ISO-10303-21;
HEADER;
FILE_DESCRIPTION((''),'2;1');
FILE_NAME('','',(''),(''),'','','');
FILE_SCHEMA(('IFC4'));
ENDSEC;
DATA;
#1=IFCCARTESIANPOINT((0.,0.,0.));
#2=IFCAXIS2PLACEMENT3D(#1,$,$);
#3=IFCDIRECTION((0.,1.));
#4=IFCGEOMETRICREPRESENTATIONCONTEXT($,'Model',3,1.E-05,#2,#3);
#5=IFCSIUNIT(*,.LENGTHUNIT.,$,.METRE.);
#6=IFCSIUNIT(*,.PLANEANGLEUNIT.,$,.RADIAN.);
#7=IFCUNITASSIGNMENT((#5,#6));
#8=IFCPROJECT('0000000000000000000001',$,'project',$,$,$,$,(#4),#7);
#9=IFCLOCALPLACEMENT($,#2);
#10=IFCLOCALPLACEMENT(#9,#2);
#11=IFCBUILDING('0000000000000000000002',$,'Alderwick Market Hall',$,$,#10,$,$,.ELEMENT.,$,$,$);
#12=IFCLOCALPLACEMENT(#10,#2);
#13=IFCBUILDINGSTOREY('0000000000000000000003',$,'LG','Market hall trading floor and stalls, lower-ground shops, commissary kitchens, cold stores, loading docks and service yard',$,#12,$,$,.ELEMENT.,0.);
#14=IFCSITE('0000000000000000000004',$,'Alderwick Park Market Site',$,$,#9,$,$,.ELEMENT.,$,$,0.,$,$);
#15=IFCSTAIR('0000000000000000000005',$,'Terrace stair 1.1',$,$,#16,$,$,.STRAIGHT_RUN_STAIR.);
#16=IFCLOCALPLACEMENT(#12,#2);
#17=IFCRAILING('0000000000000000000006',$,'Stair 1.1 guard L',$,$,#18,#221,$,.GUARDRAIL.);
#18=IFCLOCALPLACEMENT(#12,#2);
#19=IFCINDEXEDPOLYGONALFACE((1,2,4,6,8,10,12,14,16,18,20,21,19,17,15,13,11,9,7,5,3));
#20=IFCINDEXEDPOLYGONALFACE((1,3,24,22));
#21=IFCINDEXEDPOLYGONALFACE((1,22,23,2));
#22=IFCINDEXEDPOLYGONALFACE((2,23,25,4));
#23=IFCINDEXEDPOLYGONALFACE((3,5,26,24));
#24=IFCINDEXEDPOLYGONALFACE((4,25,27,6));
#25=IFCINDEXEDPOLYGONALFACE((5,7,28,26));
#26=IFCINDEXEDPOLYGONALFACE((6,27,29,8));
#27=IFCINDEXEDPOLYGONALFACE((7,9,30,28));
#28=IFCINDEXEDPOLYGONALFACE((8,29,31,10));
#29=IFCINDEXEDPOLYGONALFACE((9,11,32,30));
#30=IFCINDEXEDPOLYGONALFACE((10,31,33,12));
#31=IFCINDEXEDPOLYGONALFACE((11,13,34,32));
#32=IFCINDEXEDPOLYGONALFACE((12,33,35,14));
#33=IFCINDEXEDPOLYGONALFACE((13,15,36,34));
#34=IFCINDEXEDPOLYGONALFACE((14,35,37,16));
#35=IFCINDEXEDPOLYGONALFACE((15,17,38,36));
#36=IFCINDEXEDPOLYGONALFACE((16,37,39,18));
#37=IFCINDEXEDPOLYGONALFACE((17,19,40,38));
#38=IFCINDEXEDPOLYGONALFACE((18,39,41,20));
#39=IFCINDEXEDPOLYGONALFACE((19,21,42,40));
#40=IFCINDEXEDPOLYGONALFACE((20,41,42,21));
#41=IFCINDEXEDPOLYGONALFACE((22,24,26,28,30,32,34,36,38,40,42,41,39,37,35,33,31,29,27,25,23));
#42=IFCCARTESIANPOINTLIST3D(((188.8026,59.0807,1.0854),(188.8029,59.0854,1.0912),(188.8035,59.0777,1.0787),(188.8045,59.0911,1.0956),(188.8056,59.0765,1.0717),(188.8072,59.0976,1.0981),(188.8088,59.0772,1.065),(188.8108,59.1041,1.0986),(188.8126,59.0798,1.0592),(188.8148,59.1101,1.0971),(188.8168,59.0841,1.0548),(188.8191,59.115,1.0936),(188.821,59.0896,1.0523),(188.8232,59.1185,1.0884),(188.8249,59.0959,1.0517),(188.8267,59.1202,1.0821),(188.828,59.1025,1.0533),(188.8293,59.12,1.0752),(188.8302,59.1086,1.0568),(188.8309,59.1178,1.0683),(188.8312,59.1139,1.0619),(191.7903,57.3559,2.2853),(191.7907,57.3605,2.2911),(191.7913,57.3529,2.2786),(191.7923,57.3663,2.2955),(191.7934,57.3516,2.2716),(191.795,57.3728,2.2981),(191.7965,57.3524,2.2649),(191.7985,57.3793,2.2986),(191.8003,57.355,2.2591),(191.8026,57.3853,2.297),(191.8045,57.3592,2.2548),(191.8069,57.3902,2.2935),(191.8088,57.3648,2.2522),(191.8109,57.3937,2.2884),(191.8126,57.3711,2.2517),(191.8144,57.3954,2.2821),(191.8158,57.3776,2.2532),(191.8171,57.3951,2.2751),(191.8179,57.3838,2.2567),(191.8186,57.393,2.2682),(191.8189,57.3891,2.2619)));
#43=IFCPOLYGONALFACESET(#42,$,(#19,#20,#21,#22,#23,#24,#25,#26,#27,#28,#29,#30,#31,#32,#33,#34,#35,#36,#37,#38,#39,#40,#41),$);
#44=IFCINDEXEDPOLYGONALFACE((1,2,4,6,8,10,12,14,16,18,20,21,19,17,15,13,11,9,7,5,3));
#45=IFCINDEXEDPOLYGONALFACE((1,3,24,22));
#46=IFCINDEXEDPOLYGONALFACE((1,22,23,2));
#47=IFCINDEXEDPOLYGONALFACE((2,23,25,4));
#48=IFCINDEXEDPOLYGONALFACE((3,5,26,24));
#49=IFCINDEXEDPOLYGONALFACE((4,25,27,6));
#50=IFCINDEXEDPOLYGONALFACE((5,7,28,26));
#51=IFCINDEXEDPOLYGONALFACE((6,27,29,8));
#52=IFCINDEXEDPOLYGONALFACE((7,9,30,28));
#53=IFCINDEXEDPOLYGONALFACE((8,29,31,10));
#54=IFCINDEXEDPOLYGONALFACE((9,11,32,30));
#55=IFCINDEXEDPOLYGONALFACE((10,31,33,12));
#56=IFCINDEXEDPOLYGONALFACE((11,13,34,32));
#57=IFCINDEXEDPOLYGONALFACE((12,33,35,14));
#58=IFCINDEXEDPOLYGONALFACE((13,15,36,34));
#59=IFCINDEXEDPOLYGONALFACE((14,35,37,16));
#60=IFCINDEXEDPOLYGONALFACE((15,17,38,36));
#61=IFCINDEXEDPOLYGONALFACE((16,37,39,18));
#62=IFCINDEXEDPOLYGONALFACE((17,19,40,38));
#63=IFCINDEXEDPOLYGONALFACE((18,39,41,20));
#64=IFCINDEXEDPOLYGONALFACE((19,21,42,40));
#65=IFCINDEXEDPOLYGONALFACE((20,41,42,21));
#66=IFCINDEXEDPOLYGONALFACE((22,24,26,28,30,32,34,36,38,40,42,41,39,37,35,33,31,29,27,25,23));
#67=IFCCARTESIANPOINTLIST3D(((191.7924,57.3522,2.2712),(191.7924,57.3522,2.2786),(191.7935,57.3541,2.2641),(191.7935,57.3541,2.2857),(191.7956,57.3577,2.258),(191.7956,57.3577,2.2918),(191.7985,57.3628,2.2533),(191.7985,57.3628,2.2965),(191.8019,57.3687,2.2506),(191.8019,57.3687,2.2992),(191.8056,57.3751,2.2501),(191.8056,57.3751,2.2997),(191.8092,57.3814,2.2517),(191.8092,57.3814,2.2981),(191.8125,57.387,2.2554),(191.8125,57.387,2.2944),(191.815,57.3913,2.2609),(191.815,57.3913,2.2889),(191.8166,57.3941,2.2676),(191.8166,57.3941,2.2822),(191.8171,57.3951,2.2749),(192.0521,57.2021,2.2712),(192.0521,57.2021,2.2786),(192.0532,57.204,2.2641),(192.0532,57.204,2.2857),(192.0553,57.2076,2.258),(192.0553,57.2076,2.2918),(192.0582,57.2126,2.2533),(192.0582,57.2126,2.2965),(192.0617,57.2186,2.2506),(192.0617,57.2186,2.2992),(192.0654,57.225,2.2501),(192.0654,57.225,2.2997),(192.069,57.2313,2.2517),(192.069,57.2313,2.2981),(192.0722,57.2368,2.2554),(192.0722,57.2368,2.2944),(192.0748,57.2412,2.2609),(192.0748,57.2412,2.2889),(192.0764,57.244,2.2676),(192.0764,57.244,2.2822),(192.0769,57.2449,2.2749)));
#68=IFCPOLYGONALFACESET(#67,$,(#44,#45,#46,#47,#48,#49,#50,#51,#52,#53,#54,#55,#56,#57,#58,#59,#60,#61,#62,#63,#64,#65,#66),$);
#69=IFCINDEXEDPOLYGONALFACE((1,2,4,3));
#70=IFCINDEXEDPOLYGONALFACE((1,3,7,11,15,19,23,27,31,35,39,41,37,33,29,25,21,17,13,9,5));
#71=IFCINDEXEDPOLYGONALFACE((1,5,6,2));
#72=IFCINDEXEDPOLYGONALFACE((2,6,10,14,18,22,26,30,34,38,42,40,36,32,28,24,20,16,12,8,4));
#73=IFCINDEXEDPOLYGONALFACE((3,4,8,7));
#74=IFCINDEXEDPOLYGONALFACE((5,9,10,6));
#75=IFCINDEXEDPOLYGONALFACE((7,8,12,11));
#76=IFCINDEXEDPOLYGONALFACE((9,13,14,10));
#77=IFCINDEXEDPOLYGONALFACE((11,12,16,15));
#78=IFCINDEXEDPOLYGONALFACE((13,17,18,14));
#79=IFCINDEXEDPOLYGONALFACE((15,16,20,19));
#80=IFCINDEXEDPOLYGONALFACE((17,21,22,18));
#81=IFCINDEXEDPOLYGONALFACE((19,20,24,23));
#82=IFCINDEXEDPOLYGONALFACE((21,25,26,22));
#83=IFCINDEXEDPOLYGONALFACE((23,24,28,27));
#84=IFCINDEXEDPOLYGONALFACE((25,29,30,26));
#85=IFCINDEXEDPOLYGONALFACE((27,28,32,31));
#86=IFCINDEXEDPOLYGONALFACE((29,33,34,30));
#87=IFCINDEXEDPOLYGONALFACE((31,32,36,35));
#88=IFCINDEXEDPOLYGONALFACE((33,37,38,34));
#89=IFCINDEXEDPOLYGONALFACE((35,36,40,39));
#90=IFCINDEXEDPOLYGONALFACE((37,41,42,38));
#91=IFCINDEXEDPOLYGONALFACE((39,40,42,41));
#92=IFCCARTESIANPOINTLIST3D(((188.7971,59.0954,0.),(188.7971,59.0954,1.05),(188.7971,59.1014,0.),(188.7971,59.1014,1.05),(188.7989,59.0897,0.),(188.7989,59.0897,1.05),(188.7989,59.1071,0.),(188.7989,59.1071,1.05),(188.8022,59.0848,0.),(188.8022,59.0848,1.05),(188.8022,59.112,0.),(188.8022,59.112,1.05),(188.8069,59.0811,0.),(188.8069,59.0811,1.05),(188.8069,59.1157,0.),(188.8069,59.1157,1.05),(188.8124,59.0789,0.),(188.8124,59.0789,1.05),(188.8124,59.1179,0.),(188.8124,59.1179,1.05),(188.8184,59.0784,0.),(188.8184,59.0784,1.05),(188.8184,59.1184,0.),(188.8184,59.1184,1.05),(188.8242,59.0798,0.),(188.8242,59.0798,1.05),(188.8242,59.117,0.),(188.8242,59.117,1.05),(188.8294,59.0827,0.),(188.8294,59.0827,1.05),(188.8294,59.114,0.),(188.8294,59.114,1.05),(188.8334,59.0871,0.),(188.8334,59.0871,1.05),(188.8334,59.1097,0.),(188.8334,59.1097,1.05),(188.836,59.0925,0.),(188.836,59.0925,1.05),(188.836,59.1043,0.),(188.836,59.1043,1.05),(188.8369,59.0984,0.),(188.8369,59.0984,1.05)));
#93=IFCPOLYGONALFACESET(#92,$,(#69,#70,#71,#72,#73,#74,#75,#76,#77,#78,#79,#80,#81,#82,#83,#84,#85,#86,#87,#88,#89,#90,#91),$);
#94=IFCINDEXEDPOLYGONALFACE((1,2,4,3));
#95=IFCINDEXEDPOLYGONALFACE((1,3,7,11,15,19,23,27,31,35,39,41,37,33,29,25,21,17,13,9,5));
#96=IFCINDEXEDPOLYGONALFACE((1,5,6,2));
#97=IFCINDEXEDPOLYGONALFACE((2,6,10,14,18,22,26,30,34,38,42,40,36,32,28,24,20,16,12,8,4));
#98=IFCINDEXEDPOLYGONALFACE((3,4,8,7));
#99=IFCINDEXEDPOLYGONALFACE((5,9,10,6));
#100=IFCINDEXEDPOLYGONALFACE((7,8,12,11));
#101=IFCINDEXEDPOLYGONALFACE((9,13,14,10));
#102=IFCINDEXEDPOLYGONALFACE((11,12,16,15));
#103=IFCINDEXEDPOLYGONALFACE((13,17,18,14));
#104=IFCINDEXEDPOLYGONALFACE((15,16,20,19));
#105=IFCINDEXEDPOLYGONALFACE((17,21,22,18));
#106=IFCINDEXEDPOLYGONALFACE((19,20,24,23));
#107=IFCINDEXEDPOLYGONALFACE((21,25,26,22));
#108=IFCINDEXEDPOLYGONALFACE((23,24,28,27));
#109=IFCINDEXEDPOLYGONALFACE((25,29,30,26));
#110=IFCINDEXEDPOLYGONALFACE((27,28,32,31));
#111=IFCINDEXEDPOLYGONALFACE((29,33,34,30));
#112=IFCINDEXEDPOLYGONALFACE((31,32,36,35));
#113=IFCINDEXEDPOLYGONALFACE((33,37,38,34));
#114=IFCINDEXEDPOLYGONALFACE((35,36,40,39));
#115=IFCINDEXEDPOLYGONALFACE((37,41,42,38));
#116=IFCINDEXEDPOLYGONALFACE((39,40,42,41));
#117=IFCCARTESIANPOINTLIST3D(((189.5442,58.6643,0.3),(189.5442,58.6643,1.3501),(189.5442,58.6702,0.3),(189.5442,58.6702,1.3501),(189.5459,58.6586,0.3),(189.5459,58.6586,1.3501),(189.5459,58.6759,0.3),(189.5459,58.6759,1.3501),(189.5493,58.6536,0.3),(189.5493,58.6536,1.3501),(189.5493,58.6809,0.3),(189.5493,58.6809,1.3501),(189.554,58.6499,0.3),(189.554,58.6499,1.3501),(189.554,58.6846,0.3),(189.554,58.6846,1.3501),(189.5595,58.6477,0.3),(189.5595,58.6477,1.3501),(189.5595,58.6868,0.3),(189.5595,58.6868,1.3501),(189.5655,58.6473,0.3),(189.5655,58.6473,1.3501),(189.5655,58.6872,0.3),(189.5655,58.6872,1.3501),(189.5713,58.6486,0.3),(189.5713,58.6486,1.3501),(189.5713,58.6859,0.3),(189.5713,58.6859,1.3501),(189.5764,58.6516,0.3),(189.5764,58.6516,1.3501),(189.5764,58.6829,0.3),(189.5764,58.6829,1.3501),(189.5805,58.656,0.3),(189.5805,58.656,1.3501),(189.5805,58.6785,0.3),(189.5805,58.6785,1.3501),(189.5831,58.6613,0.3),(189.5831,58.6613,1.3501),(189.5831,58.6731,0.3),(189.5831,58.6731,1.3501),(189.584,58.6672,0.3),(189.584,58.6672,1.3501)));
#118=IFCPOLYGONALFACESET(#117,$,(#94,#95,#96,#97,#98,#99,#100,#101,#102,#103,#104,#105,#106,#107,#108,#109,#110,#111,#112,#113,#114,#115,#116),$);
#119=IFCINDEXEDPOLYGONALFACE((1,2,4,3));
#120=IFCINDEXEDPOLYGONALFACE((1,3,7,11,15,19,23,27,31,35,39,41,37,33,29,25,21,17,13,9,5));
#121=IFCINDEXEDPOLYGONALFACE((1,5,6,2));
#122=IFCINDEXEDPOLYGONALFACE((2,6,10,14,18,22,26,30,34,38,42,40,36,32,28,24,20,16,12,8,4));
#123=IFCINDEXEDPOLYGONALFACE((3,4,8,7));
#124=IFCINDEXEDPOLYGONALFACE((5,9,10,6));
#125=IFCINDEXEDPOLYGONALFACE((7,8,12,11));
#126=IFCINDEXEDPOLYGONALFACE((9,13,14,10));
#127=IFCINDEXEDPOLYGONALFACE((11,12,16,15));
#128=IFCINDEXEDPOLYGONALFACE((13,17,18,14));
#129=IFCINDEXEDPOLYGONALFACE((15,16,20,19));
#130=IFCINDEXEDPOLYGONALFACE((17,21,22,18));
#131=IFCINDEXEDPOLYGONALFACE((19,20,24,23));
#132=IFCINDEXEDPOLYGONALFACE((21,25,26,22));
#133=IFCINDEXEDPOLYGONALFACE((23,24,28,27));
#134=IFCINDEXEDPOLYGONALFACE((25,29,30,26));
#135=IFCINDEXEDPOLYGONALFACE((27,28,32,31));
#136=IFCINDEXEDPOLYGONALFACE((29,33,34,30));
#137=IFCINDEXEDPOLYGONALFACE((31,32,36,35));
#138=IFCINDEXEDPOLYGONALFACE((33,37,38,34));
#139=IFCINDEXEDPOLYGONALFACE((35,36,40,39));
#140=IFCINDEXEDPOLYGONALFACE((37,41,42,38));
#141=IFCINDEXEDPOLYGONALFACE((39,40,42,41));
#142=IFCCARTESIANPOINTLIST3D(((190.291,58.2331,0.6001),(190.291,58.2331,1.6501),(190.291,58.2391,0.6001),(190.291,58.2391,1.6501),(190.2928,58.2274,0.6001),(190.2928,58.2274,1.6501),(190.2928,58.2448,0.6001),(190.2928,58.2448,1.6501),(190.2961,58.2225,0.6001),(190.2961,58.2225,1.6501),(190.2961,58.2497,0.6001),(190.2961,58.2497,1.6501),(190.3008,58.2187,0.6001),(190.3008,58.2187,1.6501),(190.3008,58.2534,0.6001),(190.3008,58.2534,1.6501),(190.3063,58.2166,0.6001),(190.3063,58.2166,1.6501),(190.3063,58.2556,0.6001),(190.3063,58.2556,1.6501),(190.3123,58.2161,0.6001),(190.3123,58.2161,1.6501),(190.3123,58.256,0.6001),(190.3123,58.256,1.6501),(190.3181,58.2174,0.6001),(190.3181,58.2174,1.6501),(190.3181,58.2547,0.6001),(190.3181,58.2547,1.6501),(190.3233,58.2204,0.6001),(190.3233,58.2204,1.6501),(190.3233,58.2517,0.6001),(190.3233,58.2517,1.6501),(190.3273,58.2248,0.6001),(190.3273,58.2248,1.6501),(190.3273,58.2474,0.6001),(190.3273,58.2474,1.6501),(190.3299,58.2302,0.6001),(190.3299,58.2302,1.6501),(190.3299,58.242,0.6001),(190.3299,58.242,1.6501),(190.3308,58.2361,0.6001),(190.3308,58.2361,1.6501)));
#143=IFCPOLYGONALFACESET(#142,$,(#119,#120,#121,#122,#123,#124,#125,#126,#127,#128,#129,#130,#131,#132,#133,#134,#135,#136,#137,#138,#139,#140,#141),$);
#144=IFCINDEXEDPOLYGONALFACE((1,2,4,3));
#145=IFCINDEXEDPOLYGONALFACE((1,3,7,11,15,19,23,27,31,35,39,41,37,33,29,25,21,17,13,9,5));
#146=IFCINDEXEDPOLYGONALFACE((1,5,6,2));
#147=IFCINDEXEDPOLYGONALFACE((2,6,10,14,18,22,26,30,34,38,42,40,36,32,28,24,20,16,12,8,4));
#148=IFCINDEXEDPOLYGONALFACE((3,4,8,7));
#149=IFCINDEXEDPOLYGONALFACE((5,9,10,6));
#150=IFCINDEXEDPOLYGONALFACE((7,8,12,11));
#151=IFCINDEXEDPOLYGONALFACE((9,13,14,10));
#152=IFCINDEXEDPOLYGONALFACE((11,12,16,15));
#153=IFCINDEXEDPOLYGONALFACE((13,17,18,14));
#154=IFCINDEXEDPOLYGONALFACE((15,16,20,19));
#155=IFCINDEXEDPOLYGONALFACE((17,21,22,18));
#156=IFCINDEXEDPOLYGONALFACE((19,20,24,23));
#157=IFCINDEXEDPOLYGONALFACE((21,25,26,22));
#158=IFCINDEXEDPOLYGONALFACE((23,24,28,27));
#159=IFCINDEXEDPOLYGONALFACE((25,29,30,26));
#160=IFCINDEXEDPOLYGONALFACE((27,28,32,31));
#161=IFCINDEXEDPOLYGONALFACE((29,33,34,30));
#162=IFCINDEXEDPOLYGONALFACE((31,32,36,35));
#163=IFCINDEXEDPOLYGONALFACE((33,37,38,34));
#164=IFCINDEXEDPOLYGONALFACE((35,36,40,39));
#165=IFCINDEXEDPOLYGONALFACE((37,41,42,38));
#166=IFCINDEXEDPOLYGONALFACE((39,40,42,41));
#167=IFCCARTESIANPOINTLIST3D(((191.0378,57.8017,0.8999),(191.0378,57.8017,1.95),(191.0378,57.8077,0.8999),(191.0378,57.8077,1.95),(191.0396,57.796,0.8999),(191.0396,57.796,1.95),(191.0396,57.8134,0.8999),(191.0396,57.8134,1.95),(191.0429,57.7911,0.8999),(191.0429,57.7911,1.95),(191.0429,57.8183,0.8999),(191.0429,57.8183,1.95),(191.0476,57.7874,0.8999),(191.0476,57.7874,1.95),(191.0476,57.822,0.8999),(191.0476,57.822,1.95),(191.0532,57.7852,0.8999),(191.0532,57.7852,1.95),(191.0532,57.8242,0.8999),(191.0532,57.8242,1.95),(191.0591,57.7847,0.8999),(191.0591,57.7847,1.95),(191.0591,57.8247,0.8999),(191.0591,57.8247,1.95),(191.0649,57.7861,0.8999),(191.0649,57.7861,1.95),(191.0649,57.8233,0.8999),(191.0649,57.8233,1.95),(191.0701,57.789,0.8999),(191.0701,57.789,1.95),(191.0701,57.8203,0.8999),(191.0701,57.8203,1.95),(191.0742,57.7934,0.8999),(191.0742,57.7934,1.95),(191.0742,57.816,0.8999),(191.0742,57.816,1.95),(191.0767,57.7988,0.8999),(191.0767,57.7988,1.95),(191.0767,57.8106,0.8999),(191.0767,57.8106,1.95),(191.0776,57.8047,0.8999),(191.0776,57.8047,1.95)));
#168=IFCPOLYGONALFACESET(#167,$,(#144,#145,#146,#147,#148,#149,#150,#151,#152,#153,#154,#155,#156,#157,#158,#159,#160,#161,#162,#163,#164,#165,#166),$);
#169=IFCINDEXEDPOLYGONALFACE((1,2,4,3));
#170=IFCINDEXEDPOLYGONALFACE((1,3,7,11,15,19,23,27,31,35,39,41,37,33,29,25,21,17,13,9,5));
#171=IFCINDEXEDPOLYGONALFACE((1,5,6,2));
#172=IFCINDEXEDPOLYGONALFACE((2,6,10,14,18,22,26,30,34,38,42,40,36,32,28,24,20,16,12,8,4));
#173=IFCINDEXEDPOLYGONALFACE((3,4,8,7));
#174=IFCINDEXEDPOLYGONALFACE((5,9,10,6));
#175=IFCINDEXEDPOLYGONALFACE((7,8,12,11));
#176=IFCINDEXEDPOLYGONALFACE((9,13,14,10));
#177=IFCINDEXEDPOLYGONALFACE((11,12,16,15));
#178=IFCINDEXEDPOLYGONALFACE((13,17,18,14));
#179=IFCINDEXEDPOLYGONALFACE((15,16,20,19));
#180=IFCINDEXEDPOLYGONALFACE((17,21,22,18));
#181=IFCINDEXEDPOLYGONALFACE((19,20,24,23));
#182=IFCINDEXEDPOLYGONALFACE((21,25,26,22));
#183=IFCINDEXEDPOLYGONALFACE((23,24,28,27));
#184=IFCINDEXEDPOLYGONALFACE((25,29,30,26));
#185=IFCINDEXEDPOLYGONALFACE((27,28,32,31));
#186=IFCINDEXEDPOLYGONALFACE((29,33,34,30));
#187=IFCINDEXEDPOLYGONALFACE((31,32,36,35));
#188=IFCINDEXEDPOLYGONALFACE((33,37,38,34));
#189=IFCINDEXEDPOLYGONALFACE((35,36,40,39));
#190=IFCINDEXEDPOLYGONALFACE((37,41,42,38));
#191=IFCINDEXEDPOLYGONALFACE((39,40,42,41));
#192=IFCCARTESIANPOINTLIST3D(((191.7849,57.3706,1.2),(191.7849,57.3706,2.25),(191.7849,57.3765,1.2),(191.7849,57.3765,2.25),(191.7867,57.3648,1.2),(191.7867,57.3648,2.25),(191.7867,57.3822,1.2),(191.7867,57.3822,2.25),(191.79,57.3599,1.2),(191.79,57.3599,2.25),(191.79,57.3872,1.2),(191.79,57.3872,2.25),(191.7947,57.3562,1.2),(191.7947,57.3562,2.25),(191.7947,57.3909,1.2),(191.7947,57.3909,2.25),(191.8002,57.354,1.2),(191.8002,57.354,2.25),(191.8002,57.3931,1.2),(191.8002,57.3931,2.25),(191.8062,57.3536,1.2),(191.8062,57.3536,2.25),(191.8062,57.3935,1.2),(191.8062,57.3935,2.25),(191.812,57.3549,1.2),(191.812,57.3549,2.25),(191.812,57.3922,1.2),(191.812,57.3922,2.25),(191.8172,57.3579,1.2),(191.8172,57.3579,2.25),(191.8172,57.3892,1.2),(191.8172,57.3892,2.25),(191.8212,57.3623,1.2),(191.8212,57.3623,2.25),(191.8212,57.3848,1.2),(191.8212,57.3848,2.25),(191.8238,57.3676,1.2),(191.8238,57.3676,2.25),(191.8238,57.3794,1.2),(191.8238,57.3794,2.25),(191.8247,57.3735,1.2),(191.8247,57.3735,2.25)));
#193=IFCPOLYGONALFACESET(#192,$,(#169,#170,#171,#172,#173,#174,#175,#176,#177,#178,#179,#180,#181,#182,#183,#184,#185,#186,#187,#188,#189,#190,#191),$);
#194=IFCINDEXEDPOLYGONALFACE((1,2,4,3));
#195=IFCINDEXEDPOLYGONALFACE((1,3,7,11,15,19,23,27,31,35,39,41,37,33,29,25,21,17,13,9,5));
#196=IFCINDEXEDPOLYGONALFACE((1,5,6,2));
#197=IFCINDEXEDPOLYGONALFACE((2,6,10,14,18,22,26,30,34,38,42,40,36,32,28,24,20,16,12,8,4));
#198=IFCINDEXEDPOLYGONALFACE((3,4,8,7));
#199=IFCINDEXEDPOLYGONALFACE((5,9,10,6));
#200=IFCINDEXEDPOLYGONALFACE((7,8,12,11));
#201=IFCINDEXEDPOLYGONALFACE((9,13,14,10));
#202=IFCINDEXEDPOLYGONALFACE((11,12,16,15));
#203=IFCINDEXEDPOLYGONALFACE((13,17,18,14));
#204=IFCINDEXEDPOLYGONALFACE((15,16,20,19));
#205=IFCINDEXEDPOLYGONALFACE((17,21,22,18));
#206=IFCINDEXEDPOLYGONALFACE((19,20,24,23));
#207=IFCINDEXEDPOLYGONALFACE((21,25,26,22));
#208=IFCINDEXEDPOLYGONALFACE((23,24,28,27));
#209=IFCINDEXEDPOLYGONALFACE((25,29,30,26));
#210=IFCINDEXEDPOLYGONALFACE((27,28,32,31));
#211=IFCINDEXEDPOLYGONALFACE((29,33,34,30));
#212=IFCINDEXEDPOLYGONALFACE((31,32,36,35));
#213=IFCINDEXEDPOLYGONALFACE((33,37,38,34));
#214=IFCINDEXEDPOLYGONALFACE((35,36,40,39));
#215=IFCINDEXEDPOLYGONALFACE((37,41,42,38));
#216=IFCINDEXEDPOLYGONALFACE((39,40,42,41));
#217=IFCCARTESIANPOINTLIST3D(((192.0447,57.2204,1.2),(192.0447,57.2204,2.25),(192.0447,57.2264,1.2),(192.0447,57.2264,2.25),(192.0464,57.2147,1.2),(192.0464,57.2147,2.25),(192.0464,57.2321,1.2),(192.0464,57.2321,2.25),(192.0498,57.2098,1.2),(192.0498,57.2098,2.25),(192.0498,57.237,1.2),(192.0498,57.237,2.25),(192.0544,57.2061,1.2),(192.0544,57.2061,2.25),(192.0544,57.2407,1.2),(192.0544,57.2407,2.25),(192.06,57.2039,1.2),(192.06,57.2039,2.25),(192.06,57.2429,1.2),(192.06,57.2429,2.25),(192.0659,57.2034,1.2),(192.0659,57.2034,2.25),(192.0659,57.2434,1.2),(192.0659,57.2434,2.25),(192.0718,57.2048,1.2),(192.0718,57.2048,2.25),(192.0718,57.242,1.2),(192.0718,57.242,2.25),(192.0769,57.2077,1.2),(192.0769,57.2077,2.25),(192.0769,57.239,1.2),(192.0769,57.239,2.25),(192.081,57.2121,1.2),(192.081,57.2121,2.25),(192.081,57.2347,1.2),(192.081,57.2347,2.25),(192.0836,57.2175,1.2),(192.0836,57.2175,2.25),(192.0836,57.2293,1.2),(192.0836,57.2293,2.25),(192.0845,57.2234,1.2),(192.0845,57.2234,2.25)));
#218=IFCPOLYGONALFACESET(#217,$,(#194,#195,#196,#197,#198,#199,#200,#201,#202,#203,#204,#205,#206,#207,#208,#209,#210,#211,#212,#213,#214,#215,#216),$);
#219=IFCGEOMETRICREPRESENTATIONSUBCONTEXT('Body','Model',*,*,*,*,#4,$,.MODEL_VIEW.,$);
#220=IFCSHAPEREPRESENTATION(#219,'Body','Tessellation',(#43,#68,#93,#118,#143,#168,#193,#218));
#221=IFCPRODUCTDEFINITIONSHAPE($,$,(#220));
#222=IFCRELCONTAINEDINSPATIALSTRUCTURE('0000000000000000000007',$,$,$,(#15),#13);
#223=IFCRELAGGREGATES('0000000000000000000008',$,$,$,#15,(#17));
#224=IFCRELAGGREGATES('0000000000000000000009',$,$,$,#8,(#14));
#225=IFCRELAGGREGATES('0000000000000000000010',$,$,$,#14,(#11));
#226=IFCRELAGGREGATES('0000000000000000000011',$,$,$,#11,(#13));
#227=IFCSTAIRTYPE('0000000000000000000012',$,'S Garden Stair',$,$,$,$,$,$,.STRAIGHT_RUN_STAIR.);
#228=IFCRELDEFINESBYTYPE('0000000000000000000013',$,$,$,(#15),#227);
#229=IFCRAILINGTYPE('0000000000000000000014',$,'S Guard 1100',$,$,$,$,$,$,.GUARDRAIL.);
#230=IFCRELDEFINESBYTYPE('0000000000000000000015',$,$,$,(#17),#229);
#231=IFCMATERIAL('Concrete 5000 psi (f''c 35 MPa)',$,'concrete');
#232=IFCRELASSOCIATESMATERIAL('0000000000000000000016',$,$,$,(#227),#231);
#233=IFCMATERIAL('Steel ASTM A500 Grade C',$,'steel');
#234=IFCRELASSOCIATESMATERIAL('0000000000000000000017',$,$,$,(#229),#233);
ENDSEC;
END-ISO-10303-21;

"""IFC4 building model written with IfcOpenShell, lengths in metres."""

from ifc_helpers import new_model, si_unit, direction, frame, origin, origin_2d, place, context, subcontext, project, spatial, circle, extrude, material, type_object, element, aggregate, save


model = new_model("IFC4")

# Units and contexts
model_context = context("Model", 3, precision=1e-05, world=origin(), true_north=direction((0.0, 1.0)))
body_context = subcontext(model_context, "Body", "Model", "MODEL_VIEW")
ifc_project = project(units=[si_unit("LENGTHUNIT", "METRE"), si_unit("PLANEANGLEUNIT", "RADIAN")], contexts=[model_context])

# Site, building, storey
site_placement = place(None, origin())
site = spatial("IfcSite", under=ifc_project, at=site_placement, Name="Alderwick Park Market Site", CompositionType="ELEMENT", RefElevation=0.0)
building_placement = place(site_placement, origin())
building = spatial("IfcBuilding", under=site, at=building_placement, Name="Alderwick Market Hall", CompositionType="ELEMENT")
storey_placement = place(building_placement, origin())
storey = spatial("IfcBuildingStorey", under=building, at=storey_placement, Name="LG", Description="Market hall trading floor and stalls, lower-ground shops, commissary kitchens, cold stores, loading docks and service yard", CompositionType="ELEMENT", Elevation=0.0)

# Shared definitions
ifc_material_1 = material(Name="Concrete 5000 psi (f'c 35 MPa)", Category="concrete")

# Stair
stair_type = type_object("IfcStairType", Name="S Garden Stair", PredefinedType="STRAIGHT_RUN_STAIR", material=ifc_material_1)
stair_1_placement = place(storey_placement, origin())
stair_1 = element("IfcStair", 1, at=stair_1_placement, inside=storey, type_object=stair_type, Name="Terrace stair 1.1", PredefinedType="STRAIGHT_RUN_STAIR")

# Railing
ifc_material_2 = material(Name="Steel ASTM A500 Grade C", Category="steel")
railing_type_1 = type_object("IfcRailingType", Name="S Guard 1100", PredefinedType="GUARDRAIL", material=ifc_material_2)
railing_1_placement = place(storey_placement, frame((188.8169, 59.0984, 0.0)))
railing_1 = element("IfcRailing", 2, at=railing_1_placement, type_object=railing_type_1, Name="Stair 1.1 guard L", PredefinedType="GUARDRAIL", context=body_context, shape_type="SweptSolid", body=[
    extrude(circle(Radius=0.0249, at=origin_2d()), frame((0.0, 0.0, 1.0752), z_axis=(0.817978, -0.472219, 0.328515), x_axis=(0.499967, 0.866044, 0.0)), (0.0, 0.0, 1.0), 3.6526),
    extrude(circle(Radius=0.0249, at=origin_2d()), frame((2.9878, -1.7249, 2.2749), z_axis=(0.865779, -0.500427, 0.0), x_axis=(0.500427, 0.865779, 0.0)), (0.0, 0.0, 1.0), 0.3),
    extrude(circle(Radius=0.02, at=origin_2d()), origin(), (0.0, 0.0, 1.0), 1.05),
    extrude(circle(Radius=0.02, at=origin_2d()), frame((0.7471, -0.4312, 0.3)), (0.0, 0.0, 1.0), 1.05),
    extrude(circle(Radius=0.02, at=origin_2d()), frame((1.4939, -0.8623, 0.6001)), (0.0, 0.0, 1.0), 1.05),
    extrude(circle(Radius=0.02, at=origin_2d()), frame((2.2407, -1.2937, 0.8999)), (0.0, 0.0, 1.0), 1.05),
    extrude(circle(Radius=0.02, at=origin_2d()), frame((2.9878, -1.7249, 1.2)), (0.0, 0.0, 1.0), 1.05),
    extrude(circle(Radius=0.02, at=origin_2d()), frame((3.2476, -1.875, 1.2)), (0.0, 0.0, 1.0), 1.05),
])
aggregate(stair_1, [railing_1])

save(model, "model.ifc")
